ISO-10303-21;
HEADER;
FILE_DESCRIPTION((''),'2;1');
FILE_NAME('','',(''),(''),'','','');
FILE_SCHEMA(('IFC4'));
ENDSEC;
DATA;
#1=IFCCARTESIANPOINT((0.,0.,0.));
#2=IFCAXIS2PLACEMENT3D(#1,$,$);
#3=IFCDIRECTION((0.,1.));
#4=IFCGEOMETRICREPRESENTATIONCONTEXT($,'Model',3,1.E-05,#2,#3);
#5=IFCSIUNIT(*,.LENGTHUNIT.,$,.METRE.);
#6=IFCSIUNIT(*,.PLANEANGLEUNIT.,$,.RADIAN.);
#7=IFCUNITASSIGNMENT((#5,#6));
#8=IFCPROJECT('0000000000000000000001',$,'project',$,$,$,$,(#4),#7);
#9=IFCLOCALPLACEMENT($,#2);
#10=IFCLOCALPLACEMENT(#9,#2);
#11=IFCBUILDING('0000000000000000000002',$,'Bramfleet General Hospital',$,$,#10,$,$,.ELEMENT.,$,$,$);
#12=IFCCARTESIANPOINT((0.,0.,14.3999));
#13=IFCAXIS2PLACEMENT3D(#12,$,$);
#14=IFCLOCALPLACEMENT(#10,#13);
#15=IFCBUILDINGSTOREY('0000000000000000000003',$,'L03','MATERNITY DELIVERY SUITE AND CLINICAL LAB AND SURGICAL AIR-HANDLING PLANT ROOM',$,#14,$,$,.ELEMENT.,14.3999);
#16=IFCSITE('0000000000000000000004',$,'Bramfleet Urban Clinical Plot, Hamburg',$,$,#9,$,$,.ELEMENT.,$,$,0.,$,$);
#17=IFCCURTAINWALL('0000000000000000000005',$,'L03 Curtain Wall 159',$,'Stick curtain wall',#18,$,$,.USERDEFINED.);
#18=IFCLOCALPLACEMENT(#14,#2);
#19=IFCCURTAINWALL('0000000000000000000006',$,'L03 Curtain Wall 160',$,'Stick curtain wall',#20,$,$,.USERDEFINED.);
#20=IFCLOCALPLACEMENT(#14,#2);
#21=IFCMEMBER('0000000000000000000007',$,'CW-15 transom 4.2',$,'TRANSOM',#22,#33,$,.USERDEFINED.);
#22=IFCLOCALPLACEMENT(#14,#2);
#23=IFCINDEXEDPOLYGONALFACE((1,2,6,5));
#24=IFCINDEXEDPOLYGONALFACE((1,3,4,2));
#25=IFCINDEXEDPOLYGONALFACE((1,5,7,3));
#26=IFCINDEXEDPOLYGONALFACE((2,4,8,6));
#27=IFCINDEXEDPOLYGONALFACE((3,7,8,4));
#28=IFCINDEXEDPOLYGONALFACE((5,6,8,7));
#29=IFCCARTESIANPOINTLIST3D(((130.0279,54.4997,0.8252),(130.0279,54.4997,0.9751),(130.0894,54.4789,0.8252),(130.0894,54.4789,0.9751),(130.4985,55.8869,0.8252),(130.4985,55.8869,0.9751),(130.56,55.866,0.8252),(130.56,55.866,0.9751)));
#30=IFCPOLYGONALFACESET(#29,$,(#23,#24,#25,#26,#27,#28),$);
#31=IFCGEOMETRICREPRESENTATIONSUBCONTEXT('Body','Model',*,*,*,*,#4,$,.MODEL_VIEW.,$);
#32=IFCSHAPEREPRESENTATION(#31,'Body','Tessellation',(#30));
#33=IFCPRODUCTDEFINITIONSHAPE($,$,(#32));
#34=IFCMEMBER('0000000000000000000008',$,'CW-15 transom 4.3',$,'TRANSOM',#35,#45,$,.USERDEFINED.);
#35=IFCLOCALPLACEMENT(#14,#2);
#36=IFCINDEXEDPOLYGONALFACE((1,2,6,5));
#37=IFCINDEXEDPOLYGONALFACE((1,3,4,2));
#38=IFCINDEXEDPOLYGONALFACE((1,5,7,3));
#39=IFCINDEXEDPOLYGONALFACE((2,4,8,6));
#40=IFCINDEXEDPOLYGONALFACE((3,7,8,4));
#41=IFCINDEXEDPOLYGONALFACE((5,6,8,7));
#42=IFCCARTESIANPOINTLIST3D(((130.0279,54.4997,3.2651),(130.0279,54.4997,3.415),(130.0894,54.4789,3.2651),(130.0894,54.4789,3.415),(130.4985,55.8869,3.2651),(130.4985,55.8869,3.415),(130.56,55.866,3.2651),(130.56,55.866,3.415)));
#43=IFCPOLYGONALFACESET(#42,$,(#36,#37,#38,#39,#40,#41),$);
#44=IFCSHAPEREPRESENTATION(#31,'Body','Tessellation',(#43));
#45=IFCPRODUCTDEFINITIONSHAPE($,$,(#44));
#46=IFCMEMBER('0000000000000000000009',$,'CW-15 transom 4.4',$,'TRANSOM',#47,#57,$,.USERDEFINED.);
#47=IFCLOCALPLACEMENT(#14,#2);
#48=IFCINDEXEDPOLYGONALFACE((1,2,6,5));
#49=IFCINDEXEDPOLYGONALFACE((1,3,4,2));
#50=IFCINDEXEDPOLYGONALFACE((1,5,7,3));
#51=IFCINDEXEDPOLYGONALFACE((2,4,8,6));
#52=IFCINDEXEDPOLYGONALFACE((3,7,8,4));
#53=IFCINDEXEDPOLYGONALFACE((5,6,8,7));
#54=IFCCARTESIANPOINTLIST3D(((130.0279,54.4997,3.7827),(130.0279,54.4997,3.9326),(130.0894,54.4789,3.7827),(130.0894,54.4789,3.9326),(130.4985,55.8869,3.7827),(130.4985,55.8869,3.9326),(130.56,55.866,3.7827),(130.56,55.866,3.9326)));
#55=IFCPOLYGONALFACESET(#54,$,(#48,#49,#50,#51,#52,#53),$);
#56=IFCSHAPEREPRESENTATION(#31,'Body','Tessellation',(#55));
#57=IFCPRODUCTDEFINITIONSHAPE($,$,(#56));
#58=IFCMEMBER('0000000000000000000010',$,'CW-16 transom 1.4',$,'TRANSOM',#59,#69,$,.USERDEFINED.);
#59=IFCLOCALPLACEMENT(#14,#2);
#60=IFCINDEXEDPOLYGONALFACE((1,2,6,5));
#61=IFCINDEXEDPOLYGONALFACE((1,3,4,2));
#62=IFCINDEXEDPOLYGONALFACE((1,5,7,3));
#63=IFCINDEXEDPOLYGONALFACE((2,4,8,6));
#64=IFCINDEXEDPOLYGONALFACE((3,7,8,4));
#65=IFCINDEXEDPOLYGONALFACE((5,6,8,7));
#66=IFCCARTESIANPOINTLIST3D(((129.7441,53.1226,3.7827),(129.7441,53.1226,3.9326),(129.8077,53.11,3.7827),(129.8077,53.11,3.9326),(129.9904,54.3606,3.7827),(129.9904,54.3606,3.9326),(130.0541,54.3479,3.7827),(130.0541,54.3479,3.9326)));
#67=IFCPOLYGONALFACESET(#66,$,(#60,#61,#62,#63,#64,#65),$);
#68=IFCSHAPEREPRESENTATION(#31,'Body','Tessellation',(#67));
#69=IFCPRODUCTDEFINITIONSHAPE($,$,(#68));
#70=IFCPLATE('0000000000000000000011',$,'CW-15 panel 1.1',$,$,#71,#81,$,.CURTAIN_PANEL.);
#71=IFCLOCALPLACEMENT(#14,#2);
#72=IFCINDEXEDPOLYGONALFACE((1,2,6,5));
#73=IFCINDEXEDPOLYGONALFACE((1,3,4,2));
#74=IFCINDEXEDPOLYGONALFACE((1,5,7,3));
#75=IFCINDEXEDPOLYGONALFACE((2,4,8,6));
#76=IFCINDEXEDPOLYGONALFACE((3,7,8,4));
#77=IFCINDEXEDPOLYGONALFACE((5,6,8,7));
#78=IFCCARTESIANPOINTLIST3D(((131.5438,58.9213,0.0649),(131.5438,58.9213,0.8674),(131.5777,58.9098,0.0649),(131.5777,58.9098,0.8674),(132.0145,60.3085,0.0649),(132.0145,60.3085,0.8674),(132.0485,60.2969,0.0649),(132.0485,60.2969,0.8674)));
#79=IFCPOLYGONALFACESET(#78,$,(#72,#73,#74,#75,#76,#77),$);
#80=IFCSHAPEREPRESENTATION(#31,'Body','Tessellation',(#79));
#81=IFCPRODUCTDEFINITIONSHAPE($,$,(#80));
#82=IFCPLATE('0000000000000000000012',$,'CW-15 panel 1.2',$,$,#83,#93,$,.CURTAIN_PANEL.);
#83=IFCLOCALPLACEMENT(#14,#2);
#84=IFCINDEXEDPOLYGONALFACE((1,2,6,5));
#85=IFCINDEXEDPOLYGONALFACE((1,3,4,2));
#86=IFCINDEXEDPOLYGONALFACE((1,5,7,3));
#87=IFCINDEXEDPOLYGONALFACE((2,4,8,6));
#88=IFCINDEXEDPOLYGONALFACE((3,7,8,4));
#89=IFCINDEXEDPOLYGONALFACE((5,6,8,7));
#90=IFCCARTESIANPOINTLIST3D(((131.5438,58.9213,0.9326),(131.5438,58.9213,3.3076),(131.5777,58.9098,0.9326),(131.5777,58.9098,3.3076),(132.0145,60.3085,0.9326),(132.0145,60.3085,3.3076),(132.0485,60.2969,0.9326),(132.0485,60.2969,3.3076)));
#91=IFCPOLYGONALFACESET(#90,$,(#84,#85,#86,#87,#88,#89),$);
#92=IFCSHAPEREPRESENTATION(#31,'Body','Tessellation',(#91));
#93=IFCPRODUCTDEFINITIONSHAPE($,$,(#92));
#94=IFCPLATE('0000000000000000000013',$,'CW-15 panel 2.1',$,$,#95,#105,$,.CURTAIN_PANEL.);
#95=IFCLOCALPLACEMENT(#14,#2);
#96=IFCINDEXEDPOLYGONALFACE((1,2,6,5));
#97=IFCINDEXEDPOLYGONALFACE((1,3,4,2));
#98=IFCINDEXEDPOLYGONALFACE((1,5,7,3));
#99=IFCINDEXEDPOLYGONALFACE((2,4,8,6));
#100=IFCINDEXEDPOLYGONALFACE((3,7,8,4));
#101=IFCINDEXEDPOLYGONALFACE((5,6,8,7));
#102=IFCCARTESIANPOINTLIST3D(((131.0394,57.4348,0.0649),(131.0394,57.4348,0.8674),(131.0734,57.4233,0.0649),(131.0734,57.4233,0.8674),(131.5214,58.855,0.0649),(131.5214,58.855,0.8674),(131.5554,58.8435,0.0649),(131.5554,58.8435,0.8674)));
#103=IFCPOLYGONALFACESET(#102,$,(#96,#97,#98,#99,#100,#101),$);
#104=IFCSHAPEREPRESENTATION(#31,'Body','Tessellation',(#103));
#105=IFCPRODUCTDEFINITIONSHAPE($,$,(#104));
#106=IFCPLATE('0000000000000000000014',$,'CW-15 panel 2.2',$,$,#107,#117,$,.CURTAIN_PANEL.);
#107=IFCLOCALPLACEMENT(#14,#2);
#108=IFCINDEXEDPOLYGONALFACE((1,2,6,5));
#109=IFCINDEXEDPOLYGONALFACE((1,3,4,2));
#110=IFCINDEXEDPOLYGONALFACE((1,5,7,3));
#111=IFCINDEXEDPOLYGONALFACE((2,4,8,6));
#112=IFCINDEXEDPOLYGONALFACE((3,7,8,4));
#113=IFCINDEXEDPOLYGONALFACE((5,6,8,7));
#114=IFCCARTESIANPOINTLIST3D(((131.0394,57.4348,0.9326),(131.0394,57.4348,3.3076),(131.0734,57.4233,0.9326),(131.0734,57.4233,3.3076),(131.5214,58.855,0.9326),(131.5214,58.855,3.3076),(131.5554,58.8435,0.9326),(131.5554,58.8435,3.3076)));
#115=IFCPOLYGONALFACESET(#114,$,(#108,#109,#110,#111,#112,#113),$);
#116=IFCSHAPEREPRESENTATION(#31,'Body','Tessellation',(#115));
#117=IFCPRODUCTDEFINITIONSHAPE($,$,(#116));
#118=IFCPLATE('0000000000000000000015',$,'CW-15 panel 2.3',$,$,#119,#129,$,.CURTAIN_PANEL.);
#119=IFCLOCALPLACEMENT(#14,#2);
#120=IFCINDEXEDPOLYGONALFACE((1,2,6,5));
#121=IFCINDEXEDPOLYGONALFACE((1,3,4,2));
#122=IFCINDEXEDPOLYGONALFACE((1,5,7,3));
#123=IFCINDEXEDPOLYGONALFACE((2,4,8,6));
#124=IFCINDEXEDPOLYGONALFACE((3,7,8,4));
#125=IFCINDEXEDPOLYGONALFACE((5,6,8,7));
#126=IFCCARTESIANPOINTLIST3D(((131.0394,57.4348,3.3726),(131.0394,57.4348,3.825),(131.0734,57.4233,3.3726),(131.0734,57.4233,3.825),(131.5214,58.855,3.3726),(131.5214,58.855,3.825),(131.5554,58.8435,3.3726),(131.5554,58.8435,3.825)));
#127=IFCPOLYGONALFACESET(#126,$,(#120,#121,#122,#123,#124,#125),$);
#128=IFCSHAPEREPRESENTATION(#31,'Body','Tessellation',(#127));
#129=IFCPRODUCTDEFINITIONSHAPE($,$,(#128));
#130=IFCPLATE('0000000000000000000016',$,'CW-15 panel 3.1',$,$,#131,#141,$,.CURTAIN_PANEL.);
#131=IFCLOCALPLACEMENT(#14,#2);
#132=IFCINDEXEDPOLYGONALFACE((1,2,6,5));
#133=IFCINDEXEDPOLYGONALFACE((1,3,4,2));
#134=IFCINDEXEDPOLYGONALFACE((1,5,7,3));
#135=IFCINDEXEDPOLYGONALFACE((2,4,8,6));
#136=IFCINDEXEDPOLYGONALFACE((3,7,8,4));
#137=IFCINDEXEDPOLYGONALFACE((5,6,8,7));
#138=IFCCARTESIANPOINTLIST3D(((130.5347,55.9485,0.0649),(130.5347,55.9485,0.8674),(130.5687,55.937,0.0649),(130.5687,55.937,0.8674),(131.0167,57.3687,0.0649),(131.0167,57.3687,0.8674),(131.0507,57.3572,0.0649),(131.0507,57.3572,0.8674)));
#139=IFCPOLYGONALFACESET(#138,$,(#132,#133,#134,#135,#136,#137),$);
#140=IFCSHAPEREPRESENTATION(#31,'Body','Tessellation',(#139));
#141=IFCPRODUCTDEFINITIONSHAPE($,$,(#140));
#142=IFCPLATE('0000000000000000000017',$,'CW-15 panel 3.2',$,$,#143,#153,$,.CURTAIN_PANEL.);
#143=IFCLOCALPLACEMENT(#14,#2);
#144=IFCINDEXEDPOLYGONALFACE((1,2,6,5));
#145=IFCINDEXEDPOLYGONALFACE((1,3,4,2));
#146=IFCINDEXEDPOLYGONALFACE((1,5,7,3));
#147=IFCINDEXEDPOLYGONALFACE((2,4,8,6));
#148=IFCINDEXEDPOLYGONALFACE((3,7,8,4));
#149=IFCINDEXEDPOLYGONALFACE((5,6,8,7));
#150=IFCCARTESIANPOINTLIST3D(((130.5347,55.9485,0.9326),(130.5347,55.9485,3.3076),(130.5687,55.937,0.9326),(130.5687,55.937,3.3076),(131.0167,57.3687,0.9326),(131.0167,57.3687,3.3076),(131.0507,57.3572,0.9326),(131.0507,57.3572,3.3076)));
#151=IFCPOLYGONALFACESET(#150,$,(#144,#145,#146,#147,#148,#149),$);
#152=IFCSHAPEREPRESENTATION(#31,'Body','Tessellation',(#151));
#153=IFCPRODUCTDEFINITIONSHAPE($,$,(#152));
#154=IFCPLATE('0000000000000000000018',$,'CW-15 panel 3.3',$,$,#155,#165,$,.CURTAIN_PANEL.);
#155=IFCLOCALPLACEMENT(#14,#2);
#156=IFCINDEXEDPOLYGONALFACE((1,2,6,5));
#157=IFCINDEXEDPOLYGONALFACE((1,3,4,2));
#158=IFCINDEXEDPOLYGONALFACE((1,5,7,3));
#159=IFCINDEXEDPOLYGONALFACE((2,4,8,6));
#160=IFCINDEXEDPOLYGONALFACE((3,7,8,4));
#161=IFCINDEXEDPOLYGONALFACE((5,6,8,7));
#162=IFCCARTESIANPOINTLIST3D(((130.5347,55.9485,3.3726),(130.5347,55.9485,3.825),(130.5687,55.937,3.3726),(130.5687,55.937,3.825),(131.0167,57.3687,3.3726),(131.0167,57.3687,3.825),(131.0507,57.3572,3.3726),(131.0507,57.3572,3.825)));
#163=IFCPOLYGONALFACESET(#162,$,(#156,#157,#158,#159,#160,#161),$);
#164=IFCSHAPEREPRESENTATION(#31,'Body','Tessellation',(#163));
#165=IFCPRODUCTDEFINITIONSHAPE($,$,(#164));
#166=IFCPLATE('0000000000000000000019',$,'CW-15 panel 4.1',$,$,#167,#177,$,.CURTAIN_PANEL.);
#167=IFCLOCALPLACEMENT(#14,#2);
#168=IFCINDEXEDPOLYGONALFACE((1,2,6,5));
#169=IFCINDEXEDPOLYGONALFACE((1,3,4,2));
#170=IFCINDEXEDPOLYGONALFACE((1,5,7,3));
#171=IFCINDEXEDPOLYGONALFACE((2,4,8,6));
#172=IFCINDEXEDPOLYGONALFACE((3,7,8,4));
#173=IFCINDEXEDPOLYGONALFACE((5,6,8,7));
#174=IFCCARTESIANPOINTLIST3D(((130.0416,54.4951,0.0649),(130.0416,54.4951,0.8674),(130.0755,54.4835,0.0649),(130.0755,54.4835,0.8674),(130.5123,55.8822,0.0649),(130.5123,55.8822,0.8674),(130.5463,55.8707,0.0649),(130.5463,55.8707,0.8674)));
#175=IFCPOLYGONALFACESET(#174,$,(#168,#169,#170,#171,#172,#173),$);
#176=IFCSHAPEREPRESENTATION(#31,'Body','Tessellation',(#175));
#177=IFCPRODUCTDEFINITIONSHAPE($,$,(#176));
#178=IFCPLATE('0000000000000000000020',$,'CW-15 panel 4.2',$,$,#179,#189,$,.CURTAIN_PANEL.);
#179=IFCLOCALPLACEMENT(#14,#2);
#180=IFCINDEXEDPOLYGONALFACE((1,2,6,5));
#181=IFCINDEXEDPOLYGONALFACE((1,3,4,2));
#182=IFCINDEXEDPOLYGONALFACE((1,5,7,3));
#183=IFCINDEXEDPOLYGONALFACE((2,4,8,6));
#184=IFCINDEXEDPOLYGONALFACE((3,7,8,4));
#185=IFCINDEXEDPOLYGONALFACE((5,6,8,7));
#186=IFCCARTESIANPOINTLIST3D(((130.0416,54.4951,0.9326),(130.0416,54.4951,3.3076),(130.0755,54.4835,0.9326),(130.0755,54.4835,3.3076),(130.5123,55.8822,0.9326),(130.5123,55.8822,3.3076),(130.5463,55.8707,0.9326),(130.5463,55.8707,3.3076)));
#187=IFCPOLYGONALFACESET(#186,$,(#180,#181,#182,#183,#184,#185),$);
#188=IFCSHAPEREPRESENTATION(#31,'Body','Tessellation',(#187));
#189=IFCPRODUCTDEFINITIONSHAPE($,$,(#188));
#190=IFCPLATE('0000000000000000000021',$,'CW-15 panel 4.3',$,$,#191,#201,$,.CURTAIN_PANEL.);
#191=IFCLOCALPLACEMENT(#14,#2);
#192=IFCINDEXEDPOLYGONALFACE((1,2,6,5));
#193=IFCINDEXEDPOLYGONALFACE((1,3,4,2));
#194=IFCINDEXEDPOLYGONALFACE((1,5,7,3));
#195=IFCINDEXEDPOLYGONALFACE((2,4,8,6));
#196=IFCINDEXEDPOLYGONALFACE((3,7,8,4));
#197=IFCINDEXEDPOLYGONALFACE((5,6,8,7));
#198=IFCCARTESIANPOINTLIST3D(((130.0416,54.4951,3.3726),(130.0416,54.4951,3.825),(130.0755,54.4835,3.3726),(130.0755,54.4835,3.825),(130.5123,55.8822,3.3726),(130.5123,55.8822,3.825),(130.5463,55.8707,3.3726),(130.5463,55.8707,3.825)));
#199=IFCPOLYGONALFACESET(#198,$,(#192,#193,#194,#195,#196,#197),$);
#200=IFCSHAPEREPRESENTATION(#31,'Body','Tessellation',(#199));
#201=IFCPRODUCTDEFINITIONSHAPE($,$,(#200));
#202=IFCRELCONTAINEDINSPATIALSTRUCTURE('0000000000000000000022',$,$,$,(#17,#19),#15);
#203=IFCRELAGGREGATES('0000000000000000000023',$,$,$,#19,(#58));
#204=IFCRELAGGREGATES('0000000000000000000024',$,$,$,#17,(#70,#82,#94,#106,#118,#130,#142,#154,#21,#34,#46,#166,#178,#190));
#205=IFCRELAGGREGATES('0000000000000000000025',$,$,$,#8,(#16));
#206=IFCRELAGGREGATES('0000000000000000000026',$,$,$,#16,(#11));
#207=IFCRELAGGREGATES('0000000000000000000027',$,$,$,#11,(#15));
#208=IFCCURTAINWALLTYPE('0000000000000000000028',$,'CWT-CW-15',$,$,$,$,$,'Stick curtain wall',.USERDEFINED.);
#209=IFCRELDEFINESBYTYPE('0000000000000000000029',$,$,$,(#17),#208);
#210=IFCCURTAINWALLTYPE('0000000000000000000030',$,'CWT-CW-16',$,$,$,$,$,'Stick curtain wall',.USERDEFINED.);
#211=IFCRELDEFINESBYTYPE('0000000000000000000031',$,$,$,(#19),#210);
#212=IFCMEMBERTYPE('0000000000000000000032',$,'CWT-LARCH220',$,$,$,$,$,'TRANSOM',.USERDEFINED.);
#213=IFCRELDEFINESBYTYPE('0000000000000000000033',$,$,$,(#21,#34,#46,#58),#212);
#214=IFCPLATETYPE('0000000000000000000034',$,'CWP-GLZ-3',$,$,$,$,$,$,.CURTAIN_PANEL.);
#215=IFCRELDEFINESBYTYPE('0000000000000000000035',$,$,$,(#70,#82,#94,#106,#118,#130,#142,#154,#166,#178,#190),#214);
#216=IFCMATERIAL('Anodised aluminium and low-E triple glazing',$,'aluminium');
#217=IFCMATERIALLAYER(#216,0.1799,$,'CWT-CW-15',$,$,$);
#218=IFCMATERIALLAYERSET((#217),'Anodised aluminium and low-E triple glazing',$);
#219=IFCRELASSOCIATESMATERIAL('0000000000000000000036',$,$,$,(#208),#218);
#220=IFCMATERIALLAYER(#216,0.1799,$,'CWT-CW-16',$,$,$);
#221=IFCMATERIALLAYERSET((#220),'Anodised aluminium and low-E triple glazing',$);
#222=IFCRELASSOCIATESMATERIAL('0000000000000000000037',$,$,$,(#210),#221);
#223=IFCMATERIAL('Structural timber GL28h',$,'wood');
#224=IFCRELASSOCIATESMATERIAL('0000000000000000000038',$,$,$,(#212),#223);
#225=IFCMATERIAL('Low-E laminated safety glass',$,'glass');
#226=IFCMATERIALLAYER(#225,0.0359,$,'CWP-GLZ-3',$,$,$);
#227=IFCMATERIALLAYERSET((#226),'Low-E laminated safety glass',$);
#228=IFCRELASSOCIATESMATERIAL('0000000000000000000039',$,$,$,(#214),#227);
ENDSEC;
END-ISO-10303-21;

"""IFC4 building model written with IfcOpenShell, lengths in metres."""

from ifc_helpers import new_model, si_unit, direction, frame, origin, origin_2d, place, context, subcontext, project, spatial, rectangle, extrude, material, layer, layer_set, material_profile, profile_set, type_object, element, aggregate, save


model = new_model("IFC4")

# Units and contexts
model_context = context("Model", 3, precision=1e-05, world=origin(), true_north=direction((0.0, 1.0)))
body_context = subcontext(model_context, "Body", "Model", "MODEL_VIEW")
ifc_project = project(units=[si_unit("LENGTHUNIT", "METRE"), si_unit("PLANEANGLEUNIT", "RADIAN")], contexts=[model_context])

# Site, building, storey
site_placement = place(None, origin())
site = spatial("IfcSite", under=ifc_project, at=site_placement, Name="Bramfleet Urban Clinical Plot, Hamburg", CompositionType="ELEMENT", RefElevation=0.0)
building_placement = place(site_placement, origin())
building = spatial("IfcBuilding", under=site, at=building_placement, Name="Bramfleet General Hospital", CompositionType="ELEMENT")
storey_placement = place(building_placement, frame((0.0, 0.0, 14.3999)))
storey = spatial("IfcBuildingStorey", under=building, at=storey_placement, Name="L03", Description="MATERNITY DELIVERY SUITE AND CLINICAL LAB AND SURGICAL AIR-HANDLING PLANT ROOM", CompositionType="ELEMENT", Elevation=14.3999)

# Curtain wall
ifc_material_1 = material(Name="Anodised aluminium and low-E triple glazing", Category="aluminium")
ifc_layer_1 = layer(ifc_material_1, 0.1799, Name="CWT-CW-15")
ifc_layer_set_1 = layer_set([ifc_layer_1], Name="Anodised aluminium and low-E triple glazing")
curtain_wall_type_1 = type_object("IfcCurtainWallType", Name="CWT-CW-15", ElementType="Stick curtain wall", PredefinedType="USERDEFINED", material=ifc_layer_set_1)
curtain_wall_1_placement = place(storey_placement, origin())
curtain_wall_1 = element("IfcCurtainWall", 1, at=curtain_wall_1_placement, inside=storey, type_object=curtain_wall_type_1, Name="L03 Curtain Wall 159", ObjectType="Stick curtain wall", PredefinedType="USERDEFINED")
ifc_material_2 = material(Name="Structural timber GL28h", Category="wood")

# Curtain wall
ifc_layer_2 = layer(ifc_material_1, 0.1799, Name="CWT-CW-16")
ifc_layer_set_2 = layer_set([ifc_layer_2], Name="Anodised aluminium and low-E triple glazing")
curtain_wall_type_2 = type_object("IfcCurtainWallType", Name="CWT-CW-16", ElementType="Stick curtain wall", PredefinedType="USERDEFINED", material=ifc_layer_set_2)
curtain_wall_2_placement = place(storey_placement, origin())
curtain_wall_2 = element("IfcCurtainWall", 2, at=curtain_wall_2_placement, inside=storey, type_object=curtain_wall_type_2, Name="L03 Curtain Wall 160", ObjectType="Stick curtain wall", PredefinedType="USERDEFINED")

# Members
ifc_material_profile_1 = material_profile(ifc_material_2, rectangle(XDim=0.0649, YDim=0.1499, at=origin_2d()), Name="LARCH 150x65")
ifc_profile_set_1 = profile_set([ifc_material_profile_1], Name="Structural timber GL28h")
member_type_1 = type_object("IfcMemberType", Name="CWT-LARCH220", ElementType="TRANSOM", PredefinedType="USERDEFINED", material=ifc_profile_set_1)
member_1_placement = place(storey_placement, frame((130.5293, 55.8765, 0.9001), z_axis=(-0.321323, -0.94697, 0.0), x_axis=(0.94697, -0.321323, 0.0)))
member_1 = element("IfcMember", 3, at=member_1_placement, type_object=member_type_1, Name="CW-15 transom 4.2", ObjectType="TRANSOM", PredefinedType="USERDEFINED", context=body_context, shape_type="SweptSolid", body=[
    extrude(rectangle(XDim=0.0649, YDim=0.1499, at=origin_2d()), origin(), (0.0, 0.0, 1.0), 1.4648),
])
member_2_placement = place(storey_placement, frame((130.5293, 55.8765, 3.3401), z_axis=(-0.321323, -0.94697, 0.0), x_axis=(0.94697, -0.321323, 0.0)))
member_2 = element("IfcMember", 4, at=member_2_placement, type_object=member_type_1, Name="CW-15 transom 4.3", ObjectType="TRANSOM", PredefinedType="USERDEFINED", context=body_context, shape_type="SweptSolid", body=[
    extrude(rectangle(XDim=0.0649, YDim=0.1499, at=origin_2d()), origin(), (0.0, 0.0, 1.0), 1.4648),
])
member_3_placement = place(storey_placement, frame((130.5293, 55.8765, 3.8577), z_axis=(-0.321323, -0.94697, 0.0), x_axis=(0.94697, -0.321323, 0.0)))
member_3 = element("IfcMember", 5, at=member_3_placement, type_object=member_type_1, Name="CW-15 transom 4.4", ObjectType="TRANSOM", PredefinedType="USERDEFINED", context=body_context, shape_type="SweptSolid", body=[
    extrude(rectangle(XDim=0.0649, YDim=0.1499, at=origin_2d()), origin(), (0.0, 0.0, 1.0), 1.4648),
])
member_4_placement = place(storey_placement, frame((130.0222, 54.3542, 3.8577), z_axis=(-0.195149, -0.980774, 0.0), x_axis=(0.980774, -0.195149, 0.0)))
member_4 = element("IfcMember", 6, at=member_4_placement, type_object=member_type_1, Name="CW-16 transom 1.4", ObjectType="TRANSOM", PredefinedType="USERDEFINED", context=body_context, shape_type="SweptSolid", body=[
    extrude(rectangle(XDim=0.0649, YDim=0.1499, at=origin_2d()), origin(), (0.0, 0.0, 1.0), 1.2622),
])
aggregate(curtain_wall_2, [member_4])

# Plates
ifc_material_3 = material(Name="Low-E laminated safety glass", Category="glass")
ifc_layer_3 = layer(ifc_material_3, 0.0359, Name="CWP-GLZ-3")
ifc_layer_set_3 = layer_set([ifc_layer_3], Name="Low-E laminated safety glass")
plate_type = type_object("IfcPlateType", Name="CWP-GLZ-3", PredefinedType="CURTAIN_PANEL", material=ifc_layer_set_3)
plate_1_placement = place(storey_placement, frame((131.7961, 59.6091, 0.0649), z_axis=(0.0, 0.0, 1.0), x_axis=(-0.321383, -0.946949, 0.0)))
plate_1 = element("IfcPlate", 7, at=plate_1_placement, type_object=plate_type, Name="CW-15 panel 1.1", PredefinedType="CURTAIN_PANEL", context=body_context, shape_type="SweptSolid", body=[
    extrude(rectangle(XDim=1.4648, YDim=0.0359, at=origin_2d()), origin(), (0.0, 0.0, 1.0), 0.8025),
])
plate_2_placement = place(storey_placement, frame((131.7961, 59.6091, 0.9326), z_axis=(0.0, 0.0, 1.0), x_axis=(-0.321383, -0.946949, 0.0)))
plate_2 = element("IfcPlate", 8, at=plate_2_placement, type_object=plate_type, Name="CW-15 panel 1.2", PredefinedType="CURTAIN_PANEL", context=body_context, shape_type="SweptSolid", body=[
    extrude(rectangle(XDim=1.4648, YDim=0.0359, at=origin_2d()), origin(), (0.0, 0.0, 1.0), 2.375),
])
plate_3_placement = place(storey_placement, frame((131.2974, 58.1392, 0.0649), z_axis=(0.0, 0.0, 1.0), x_axis=(-0.321383, -0.946949, 0.0)))
plate_3 = element("IfcPlate", 9, at=plate_3_placement, type_object=plate_type, Name="CW-15 panel 2.1", PredefinedType="CURTAIN_PANEL", context=body_context, shape_type="SweptSolid", body=[
    extrude(rectangle(XDim=1.4998, YDim=0.0359, at=origin_2d()), origin(), (0.0, 0.0, 1.0), 0.8025),
])
plate_4_placement = place(storey_placement, frame((131.2974, 58.1392, 0.9326), z_axis=(0.0, 0.0, 1.0), x_axis=(-0.321383, -0.946949, 0.0)))
plate_4 = element("IfcPlate", 10, at=plate_4_placement, type_object=plate_type, Name="CW-15 panel 2.2", PredefinedType="CURTAIN_PANEL", context=body_context, shape_type="SweptSolid", body=[
    extrude(rectangle(XDim=1.4998, YDim=0.0359, at=origin_2d()), origin(), (0.0, 0.0, 1.0), 2.375),
])
plate_5_placement = place(storey_placement, frame((131.2974, 58.1392, 3.3726), z_axis=(0.0, 0.0, 1.0), x_axis=(-0.321383, -0.946949, 0.0)))
plate_5 = element("IfcPlate", 11, at=plate_5_placement, type_object=plate_type, Name="CW-15 panel 2.3", PredefinedType="CURTAIN_PANEL", context=body_context, shape_type="SweptSolid", body=[
    extrude(rectangle(XDim=1.4998, YDim=0.0359, at=origin_2d()), origin(), (0.0, 0.0, 1.0), 0.4524),
])
plate_6_placement = place(storey_placement, frame((130.7927, 56.6528, 0.0649), z_axis=(0.0, 0.0, 1.0), x_axis=(-0.321383, -0.946949, 0.0)))
plate_6 = element("IfcPlate", 12, at=plate_6_placement, type_object=plate_type, Name="CW-15 panel 3.1", PredefinedType="CURTAIN_PANEL", context=body_context, shape_type="SweptSolid", body=[
    extrude(rectangle(XDim=1.4998, YDim=0.0359, at=origin_2d()), origin(), (0.0, 0.0, 1.0), 0.8025),
])
plate_7_placement = place(storey_placement, frame((130.7927, 56.6528, 0.9326), z_axis=(0.0, 0.0, 1.0), x_axis=(-0.321383, -0.946949, 0.0)))
plate_7 = element("IfcPlate", 13, at=plate_7_placement, type_object=plate_type, Name="CW-15 panel 3.2", PredefinedType="CURTAIN_PANEL", context=body_context, shape_type="SweptSolid", body=[
    extrude(rectangle(XDim=1.4998, YDim=0.0359, at=origin_2d()), origin(), (0.0, 0.0, 1.0), 2.375),
])
plate_8_placement = place(storey_placement, frame((130.7927, 56.6528, 3.3726), z_axis=(0.0, 0.0, 1.0), x_axis=(-0.321383, -0.946949, 0.0)))
plate_8 = element("IfcPlate", 14, at=plate_8_placement, type_object=plate_type, Name="CW-15 panel 3.3", PredefinedType="CURTAIN_PANEL", context=body_context, shape_type="SweptSolid", body=[
    extrude(rectangle(XDim=1.4998, YDim=0.0359, at=origin_2d()), origin(), (0.0, 0.0, 1.0), 0.4524),
])
plate_9_placement = place(storey_placement, frame((130.2939, 55.1829, 0.0649), z_axis=(0.0, 0.0, 1.0), x_axis=(-0.321383, -0.946949, 0.0)))
plate_9 = element("IfcPlate", 15, at=plate_9_placement, type_object=plate_type, Name="CW-15 panel 4.1", PredefinedType="CURTAIN_PANEL", context=body_context, shape_type="SweptSolid", body=[
    extrude(rectangle(XDim=1.4648, YDim=0.0359, at=origin_2d()), origin(), (0.0, 0.0, 1.0), 0.8025),
])
plate_10_placement = place(storey_placement, frame((130.2939, 55.1829, 0.9326), z_axis=(0.0, 0.0, 1.0), x_axis=(-0.321383, -0.946949, 0.0)))
plate_10 = element("IfcPlate", 16, at=plate_10_placement, type_object=plate_type, Name="CW-15 panel 4.2", PredefinedType="CURTAIN_PANEL", context=body_context, shape_type="SweptSolid", body=[
    extrude(rectangle(XDim=1.4648, YDim=0.0359, at=origin_2d()), origin(), (0.0, 0.0, 1.0), 2.375),
])
plate_11_placement = place(storey_placement, frame((130.2939, 55.1829, 3.3726), z_axis=(0.0, 0.0, 1.0), x_axis=(-0.321383, -0.946949, 0.0)))
plate_11 = element("IfcPlate", 17, at=plate_11_placement, type_object=plate_type, Name="CW-15 panel 4.3", PredefinedType="CURTAIN_PANEL", context=body_context, shape_type="SweptSolid", body=[
    extrude(rectangle(XDim=1.4648, YDim=0.0359, at=origin_2d()), origin(), (0.0, 0.0, 1.0), 0.4524),
])
aggregate(curtain_wall_1, [plate_1, plate_2, plate_3, plate_4, plate_5, plate_6, plate_7, plate_8, member_1, member_2, member_3, plate_9, plate_10, plate_11])

save(model, "model.ifc")
